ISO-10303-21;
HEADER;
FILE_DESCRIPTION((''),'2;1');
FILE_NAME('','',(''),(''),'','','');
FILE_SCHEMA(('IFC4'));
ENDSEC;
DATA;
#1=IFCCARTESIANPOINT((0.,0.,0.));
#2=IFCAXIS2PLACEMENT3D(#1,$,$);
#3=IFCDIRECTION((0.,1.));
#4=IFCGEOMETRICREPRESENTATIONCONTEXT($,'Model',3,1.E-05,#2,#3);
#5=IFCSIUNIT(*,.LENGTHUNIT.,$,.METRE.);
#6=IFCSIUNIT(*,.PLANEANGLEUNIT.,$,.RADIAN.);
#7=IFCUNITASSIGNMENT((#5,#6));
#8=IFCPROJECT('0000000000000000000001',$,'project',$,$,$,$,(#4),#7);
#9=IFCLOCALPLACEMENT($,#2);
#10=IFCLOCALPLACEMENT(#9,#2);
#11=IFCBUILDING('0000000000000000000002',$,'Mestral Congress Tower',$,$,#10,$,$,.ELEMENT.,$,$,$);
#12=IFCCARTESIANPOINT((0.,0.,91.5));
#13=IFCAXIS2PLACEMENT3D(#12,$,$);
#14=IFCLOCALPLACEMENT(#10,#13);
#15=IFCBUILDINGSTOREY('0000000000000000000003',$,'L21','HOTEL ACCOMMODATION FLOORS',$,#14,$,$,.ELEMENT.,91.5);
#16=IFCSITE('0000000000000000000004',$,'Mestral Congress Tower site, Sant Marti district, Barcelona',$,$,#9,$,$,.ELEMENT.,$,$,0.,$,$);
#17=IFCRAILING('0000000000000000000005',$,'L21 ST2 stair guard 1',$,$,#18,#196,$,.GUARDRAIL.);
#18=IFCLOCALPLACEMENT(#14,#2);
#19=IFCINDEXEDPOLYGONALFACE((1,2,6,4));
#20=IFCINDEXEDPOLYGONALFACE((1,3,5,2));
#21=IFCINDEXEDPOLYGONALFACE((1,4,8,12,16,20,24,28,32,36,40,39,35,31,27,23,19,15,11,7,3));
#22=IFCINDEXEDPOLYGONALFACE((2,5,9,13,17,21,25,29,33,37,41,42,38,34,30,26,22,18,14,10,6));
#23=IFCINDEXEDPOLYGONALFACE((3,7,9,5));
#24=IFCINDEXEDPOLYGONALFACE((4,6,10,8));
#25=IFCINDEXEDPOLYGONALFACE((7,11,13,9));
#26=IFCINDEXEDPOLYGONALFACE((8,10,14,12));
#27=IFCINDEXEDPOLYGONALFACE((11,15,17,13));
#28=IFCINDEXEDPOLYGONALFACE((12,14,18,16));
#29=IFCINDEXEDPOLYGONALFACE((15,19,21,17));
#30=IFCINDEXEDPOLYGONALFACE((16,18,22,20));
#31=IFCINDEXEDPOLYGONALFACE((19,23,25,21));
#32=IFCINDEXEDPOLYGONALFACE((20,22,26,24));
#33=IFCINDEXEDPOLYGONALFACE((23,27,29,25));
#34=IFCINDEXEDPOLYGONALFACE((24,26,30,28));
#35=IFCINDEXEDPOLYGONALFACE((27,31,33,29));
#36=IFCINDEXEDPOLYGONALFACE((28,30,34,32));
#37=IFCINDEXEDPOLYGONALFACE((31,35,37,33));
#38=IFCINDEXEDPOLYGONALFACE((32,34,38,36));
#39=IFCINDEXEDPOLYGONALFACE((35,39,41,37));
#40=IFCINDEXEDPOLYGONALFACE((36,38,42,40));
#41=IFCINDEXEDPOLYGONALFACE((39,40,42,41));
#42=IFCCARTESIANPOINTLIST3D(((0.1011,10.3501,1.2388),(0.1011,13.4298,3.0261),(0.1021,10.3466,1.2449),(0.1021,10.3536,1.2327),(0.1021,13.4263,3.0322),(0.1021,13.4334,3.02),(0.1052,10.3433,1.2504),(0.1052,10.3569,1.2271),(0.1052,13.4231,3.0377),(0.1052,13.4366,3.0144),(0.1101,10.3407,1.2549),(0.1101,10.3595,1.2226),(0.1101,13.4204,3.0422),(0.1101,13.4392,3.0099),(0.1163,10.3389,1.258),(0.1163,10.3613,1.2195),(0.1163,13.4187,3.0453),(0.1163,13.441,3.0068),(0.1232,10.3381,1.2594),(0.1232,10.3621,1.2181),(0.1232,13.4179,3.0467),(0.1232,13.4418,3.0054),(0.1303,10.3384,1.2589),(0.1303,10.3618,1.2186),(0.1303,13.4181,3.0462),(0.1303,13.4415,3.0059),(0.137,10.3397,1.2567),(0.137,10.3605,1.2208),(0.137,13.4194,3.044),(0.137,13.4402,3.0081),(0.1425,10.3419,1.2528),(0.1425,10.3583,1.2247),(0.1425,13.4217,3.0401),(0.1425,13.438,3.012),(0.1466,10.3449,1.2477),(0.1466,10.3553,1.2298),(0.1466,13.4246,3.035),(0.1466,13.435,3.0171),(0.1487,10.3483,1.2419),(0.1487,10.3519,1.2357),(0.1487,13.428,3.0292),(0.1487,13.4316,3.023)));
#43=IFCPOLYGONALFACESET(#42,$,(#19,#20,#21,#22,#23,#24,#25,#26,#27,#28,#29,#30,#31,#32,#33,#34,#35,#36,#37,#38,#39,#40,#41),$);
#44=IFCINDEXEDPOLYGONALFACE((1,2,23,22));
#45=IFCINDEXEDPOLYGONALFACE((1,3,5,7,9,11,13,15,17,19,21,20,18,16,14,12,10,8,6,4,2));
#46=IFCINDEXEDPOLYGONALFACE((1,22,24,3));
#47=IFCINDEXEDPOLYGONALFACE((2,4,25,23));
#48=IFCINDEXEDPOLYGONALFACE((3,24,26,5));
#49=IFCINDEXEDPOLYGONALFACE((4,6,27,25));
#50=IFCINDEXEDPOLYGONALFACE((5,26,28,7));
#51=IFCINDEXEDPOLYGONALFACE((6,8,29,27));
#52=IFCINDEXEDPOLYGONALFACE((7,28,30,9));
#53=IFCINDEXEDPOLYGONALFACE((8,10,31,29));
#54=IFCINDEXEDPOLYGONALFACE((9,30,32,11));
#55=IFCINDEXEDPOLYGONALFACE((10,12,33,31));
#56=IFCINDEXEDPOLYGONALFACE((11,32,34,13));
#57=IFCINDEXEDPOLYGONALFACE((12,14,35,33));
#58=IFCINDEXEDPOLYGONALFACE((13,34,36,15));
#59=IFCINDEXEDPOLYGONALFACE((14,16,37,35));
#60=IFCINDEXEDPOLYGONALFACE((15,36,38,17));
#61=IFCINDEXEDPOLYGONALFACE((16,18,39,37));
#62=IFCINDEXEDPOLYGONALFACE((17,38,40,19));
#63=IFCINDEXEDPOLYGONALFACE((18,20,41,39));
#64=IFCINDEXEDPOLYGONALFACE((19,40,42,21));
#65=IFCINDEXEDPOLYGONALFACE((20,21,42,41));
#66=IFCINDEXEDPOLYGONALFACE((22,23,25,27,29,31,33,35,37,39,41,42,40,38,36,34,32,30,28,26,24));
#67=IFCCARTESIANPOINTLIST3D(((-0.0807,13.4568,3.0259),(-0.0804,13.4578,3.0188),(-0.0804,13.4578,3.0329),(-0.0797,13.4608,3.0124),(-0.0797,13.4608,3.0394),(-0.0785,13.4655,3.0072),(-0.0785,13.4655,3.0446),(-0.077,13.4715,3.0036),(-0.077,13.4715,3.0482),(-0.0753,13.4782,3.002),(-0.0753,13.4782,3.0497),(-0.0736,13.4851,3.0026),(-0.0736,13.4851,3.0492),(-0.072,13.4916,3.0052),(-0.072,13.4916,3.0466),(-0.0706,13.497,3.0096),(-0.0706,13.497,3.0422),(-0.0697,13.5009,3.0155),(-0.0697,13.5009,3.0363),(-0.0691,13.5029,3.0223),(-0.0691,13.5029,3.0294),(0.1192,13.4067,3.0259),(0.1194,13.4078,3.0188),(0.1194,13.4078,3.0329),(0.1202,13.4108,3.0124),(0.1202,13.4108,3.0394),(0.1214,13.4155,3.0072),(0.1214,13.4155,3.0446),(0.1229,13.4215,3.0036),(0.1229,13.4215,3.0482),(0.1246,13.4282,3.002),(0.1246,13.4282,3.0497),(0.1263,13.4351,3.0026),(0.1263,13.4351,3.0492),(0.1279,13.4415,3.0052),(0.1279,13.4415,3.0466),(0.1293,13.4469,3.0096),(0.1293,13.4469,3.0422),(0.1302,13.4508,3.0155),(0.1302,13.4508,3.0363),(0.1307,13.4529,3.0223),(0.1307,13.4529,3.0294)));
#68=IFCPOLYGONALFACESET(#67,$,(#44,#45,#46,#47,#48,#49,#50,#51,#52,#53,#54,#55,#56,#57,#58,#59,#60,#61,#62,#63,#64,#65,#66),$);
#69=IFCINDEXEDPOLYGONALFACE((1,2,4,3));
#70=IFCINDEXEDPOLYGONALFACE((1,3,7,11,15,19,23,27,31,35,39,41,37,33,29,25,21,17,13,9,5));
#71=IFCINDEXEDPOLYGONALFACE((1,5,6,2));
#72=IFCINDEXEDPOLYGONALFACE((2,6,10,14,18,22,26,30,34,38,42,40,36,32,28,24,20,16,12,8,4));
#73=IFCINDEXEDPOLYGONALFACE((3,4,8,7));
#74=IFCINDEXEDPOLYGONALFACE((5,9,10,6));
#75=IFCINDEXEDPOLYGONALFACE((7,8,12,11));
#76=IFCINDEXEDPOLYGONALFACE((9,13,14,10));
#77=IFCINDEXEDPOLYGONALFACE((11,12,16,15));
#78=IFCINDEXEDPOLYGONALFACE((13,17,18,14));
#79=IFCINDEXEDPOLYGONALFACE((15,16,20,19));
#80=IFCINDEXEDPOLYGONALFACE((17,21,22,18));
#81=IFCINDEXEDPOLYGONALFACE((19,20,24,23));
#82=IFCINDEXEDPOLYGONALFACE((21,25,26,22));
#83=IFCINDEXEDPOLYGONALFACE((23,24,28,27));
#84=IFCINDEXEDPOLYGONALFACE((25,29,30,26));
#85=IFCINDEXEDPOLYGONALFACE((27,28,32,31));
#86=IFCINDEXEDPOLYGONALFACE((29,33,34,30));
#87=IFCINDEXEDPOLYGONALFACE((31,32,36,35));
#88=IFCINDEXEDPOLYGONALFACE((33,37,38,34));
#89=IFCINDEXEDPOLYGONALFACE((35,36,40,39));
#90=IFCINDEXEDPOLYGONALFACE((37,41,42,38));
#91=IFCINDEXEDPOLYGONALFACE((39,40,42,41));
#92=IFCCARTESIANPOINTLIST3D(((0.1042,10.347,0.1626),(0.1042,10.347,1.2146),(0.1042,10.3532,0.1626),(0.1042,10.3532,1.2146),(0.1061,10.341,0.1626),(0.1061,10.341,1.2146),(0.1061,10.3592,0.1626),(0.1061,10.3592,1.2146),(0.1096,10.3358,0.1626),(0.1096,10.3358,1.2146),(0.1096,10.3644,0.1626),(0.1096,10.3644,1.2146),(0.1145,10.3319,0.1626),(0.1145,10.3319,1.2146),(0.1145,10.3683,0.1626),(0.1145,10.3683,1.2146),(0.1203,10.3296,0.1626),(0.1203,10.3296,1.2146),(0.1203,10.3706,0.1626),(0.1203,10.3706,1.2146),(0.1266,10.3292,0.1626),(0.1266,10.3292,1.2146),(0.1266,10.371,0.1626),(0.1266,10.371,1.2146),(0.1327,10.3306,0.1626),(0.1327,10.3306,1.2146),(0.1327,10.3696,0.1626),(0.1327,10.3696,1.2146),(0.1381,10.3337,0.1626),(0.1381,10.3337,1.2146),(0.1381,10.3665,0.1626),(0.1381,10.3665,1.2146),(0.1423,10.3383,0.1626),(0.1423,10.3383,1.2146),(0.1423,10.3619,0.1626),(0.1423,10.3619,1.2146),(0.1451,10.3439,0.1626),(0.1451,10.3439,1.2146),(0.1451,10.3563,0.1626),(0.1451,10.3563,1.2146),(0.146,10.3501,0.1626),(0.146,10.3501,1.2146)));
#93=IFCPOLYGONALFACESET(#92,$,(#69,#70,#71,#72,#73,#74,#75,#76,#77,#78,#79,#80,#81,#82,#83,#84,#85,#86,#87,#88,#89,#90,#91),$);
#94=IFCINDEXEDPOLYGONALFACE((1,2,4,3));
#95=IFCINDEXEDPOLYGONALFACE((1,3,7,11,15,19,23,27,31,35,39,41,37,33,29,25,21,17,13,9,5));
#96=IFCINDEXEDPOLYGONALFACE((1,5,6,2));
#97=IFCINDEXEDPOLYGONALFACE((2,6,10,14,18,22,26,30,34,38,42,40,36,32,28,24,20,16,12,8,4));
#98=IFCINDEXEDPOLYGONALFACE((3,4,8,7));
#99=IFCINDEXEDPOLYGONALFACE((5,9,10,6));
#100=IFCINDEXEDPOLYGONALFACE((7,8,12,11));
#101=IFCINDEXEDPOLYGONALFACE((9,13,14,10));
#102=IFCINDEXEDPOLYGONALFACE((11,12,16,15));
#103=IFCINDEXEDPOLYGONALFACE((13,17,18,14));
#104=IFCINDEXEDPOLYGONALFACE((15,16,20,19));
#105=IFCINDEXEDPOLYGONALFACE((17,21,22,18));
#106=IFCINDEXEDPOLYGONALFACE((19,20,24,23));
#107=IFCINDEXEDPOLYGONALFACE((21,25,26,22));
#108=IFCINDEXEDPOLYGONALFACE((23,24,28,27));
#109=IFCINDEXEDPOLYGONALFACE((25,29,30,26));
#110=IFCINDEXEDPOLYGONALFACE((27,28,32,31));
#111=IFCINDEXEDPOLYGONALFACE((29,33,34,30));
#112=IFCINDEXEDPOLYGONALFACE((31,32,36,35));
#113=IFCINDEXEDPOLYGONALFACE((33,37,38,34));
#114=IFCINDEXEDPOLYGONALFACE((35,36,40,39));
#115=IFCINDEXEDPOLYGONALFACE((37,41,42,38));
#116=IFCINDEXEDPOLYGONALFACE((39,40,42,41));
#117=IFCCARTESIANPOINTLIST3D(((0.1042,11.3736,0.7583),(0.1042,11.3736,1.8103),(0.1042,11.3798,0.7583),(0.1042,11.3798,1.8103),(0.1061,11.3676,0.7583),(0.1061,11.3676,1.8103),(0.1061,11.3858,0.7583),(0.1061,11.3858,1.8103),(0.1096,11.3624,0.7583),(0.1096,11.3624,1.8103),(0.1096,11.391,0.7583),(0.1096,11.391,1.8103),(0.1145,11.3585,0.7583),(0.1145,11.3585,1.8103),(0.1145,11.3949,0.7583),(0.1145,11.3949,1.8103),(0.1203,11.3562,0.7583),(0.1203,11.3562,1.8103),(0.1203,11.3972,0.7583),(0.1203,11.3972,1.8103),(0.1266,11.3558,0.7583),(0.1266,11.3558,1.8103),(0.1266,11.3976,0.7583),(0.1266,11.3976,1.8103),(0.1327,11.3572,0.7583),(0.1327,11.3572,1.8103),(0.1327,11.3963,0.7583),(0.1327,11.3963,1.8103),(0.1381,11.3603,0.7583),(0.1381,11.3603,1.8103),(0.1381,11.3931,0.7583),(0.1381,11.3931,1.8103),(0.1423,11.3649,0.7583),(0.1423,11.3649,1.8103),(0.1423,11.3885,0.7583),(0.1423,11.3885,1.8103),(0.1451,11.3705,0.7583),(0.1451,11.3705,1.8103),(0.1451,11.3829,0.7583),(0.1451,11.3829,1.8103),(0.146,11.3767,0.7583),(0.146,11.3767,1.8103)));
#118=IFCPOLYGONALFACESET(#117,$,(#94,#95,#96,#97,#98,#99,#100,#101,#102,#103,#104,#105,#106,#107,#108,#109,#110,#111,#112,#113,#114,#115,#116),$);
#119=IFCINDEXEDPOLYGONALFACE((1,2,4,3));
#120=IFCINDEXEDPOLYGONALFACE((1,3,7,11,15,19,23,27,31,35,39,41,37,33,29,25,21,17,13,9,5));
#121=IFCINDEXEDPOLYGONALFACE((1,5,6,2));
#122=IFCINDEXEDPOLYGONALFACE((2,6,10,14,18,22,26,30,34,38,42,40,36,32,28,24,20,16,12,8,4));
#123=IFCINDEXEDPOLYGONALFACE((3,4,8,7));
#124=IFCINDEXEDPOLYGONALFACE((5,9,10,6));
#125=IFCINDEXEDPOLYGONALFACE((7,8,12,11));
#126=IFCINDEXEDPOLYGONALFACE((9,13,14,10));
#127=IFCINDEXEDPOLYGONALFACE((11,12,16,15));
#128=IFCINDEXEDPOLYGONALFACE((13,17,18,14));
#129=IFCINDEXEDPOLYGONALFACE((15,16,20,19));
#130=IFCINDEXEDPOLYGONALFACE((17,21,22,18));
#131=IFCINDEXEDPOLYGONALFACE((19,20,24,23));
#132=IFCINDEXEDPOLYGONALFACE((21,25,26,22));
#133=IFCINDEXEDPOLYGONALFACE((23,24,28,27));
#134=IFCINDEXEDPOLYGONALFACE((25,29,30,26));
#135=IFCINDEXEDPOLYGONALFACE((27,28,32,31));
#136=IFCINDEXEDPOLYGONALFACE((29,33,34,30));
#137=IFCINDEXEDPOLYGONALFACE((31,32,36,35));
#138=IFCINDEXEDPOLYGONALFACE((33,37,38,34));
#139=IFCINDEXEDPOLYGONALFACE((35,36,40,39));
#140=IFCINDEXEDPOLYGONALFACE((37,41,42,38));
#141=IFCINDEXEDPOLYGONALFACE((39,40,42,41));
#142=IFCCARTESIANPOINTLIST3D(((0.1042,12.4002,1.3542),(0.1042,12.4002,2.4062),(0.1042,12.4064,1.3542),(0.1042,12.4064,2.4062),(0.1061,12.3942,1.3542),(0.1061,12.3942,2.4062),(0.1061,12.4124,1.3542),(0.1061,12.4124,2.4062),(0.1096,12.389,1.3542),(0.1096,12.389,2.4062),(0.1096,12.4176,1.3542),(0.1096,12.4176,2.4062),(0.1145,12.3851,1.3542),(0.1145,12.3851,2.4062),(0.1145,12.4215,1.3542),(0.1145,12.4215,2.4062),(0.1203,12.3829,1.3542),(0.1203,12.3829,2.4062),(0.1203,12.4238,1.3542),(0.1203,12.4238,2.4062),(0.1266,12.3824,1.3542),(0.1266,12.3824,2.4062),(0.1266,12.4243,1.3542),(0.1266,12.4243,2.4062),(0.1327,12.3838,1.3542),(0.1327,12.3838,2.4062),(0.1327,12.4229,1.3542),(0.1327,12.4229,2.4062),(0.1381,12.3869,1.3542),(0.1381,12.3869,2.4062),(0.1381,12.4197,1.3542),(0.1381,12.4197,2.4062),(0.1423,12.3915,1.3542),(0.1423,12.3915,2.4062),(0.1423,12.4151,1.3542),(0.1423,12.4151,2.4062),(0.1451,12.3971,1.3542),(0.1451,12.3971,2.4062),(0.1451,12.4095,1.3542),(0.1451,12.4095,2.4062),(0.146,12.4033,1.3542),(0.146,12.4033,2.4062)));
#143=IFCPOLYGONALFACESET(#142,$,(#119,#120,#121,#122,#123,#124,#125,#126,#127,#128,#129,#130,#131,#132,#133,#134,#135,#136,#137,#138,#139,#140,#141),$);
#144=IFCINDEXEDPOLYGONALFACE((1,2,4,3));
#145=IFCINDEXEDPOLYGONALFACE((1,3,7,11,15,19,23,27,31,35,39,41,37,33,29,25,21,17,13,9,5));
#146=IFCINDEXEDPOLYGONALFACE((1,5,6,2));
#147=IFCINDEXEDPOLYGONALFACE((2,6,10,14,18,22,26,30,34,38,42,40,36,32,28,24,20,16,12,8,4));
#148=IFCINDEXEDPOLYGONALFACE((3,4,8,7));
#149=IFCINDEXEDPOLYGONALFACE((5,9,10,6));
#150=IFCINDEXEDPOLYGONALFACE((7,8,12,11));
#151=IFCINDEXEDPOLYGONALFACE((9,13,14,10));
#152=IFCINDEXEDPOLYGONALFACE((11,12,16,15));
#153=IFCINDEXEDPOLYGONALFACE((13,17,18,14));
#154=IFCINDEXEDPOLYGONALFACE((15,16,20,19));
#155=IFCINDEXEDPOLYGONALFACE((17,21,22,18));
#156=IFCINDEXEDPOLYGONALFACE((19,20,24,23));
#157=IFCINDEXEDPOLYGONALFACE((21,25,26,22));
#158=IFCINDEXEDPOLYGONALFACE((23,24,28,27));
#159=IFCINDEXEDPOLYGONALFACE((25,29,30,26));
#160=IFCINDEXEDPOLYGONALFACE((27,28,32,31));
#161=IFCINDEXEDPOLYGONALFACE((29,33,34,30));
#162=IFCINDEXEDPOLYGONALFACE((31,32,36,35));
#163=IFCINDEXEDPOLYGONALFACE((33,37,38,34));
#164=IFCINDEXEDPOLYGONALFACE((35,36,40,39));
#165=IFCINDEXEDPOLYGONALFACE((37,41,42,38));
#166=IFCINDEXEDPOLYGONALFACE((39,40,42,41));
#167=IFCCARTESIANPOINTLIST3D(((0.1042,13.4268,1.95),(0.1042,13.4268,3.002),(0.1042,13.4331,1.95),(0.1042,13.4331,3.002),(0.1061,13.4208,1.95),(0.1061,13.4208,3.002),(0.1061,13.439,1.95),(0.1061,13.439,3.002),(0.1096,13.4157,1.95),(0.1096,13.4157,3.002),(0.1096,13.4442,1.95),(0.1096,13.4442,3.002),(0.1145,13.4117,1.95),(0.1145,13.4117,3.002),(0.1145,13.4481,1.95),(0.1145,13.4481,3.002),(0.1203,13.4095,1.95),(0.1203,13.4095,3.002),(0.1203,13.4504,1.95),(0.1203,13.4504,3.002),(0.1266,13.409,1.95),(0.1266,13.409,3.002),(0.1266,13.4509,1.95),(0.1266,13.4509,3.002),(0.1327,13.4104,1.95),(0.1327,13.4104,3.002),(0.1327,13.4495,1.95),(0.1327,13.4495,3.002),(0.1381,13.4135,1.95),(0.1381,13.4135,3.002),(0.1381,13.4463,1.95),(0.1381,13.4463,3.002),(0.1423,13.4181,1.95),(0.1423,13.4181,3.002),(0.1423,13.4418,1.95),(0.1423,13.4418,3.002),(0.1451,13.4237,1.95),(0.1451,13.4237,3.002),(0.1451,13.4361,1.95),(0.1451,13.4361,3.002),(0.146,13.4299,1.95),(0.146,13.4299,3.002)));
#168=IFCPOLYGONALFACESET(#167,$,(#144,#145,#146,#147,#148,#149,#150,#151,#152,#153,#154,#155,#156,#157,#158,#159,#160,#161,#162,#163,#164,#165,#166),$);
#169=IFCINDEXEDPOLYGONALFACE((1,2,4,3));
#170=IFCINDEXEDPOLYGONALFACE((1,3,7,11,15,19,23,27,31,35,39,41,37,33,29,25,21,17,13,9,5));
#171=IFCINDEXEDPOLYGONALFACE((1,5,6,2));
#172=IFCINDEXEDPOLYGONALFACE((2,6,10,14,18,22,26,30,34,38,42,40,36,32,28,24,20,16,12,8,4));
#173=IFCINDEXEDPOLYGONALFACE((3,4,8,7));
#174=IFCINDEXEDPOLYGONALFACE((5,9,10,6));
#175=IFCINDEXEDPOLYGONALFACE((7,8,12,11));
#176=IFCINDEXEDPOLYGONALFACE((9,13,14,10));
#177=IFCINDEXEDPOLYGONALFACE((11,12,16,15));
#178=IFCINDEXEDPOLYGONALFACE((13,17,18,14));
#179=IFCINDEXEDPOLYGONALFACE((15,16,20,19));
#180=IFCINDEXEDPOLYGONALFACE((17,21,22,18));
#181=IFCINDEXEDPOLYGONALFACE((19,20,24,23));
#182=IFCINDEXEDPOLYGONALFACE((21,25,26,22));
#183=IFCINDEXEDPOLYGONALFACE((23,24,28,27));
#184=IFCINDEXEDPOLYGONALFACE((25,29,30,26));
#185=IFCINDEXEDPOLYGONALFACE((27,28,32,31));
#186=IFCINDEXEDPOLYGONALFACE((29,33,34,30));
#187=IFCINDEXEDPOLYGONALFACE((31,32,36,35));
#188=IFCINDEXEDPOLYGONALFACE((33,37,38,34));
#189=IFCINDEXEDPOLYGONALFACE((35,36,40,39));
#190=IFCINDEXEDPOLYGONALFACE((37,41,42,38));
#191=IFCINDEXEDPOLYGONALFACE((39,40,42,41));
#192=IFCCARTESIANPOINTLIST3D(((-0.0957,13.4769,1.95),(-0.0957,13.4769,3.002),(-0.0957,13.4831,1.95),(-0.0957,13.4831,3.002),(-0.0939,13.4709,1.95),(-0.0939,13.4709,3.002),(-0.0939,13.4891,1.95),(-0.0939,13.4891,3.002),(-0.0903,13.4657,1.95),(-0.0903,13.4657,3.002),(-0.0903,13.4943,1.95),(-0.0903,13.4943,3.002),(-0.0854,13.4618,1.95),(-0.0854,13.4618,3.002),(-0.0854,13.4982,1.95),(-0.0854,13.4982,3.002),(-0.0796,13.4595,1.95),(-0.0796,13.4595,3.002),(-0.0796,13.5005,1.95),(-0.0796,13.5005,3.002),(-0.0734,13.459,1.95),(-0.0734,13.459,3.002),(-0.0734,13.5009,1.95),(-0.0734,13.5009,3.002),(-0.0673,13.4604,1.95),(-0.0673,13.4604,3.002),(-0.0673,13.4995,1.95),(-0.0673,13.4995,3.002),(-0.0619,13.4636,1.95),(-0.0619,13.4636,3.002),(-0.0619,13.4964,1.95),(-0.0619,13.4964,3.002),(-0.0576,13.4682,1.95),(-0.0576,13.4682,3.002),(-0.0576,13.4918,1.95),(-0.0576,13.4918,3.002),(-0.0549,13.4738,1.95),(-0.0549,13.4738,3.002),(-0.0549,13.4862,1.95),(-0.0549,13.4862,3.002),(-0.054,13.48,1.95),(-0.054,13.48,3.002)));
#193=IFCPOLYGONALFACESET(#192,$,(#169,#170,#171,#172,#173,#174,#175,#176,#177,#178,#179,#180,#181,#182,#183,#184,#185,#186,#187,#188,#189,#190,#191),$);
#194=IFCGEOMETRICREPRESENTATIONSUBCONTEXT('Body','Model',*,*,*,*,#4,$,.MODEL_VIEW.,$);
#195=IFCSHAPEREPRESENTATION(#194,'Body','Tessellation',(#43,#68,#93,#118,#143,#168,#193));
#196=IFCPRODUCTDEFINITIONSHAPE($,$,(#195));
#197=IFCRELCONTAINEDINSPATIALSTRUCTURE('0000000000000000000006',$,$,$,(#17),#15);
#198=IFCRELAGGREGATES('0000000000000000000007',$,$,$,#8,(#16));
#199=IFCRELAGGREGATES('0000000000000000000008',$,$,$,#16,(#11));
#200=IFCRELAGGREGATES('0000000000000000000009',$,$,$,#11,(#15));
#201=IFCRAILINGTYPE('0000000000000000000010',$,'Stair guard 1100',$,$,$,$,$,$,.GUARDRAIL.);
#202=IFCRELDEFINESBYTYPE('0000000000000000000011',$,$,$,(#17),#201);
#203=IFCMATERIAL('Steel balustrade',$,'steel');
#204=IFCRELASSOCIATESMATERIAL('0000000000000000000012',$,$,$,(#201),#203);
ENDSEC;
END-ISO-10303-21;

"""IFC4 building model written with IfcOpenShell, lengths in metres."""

from ifc_helpers import new_model, si_unit, direction, frame, origin, origin_2d, place, context, subcontext, project, spatial, circle, extrude, material, type_object, element, save


model = new_model("IFC4")

# Units and contexts
model_context = context("Model", 3, precision=1e-05, world=origin(), true_north=direction((0.0, 1.0)))
body_context = subcontext(model_context, "Body", "Model", "MODEL_VIEW")
ifc_project = project(units=[si_unit("LENGTHUNIT", "METRE"), si_unit("PLANEANGLEUNIT", "RADIAN")], contexts=[model_context])

# Site, building, storey
site_placement = place(None, origin())
site = spatial("IfcSite", under=ifc_project, at=site_placement, Name="Mestral Congress Tower site, Sant Marti district, Barcelona", CompositionType="ELEMENT", RefElevation=0.0)
building_placement = place(site_placement, origin())
building = spatial("IfcBuilding", under=site, at=building_placement, Name="Mestral Congress Tower", CompositionType="ELEMENT")
storey_placement = place(building_placement, frame((0.0, 0.0, 91.5)))
storey = spatial("IfcBuildingStorey", under=building, at=storey_placement, Name="L21", Description="HOTEL ACCOMMODATION FLOORS", CompositionType="ELEMENT", Elevation=91.5)

# Railing
ifc_material_1 = material(Name="Steel balustrade", Category="steel")
railing_type = type_object("IfcRailingType", Name="Stair guard 1100", PredefinedType="GUARDRAIL", material=ifc_material_1)
railing_1_placement = place(storey_placement, frame((0.125, 10.3501, 0.1626)))
element("IfcRailing", 1, at=railing_1_placement, inside=storey, type_object=railing_type, Name="L21 ST2 stair guard 1", PredefinedType="GUARDRAIL", context=body_context, shape_type="SweptSolid", body=[
    extrude(circle(Radius=0.0239, at=origin_2d()), frame((0.0, 0.0, 1.0762), z_axis=(0.0, 0.864903, 0.501939), x_axis=(-1.0, 0.0, 0.0)), (0.0, 0.0, 1.0), 3.5608),
    extrude(circle(Radius=0.0239, at=origin_2d()), frame((0.0, 3.0798, 2.8633), z_axis=(-0.970073, 0.242814, 0.0), x_axis=(-0.242814, -0.970073, 0.0)), (0.0, 0.0, 1.0), 0.2061),
    extrude(circle(Radius=0.021, at=origin_2d()), origin(), (0.0, 0.0, 1.0), 1.052),
    extrude(circle(Radius=0.021, at=origin_2d()), frame((0.0, 1.0266, 0.5957)), (0.0, 0.0, 1.0), 1.052),
    extrude(circle(Radius=0.021, at=origin_2d()), frame((0.0, 2.0532, 1.1917)), (0.0, 0.0, 1.0), 1.052),
    extrude(circle(Radius=0.021, at=origin_2d()), frame((0.0, 3.0798, 1.7874)), (0.0, 0.0, 1.0), 1.052),
    extrude(circle(Radius=0.021, at=origin_2d()), frame((-0.2, 3.1299, 1.7874)), (0.0, 0.0, 1.0), 1.052),
])

save(model, "model.ifc")
